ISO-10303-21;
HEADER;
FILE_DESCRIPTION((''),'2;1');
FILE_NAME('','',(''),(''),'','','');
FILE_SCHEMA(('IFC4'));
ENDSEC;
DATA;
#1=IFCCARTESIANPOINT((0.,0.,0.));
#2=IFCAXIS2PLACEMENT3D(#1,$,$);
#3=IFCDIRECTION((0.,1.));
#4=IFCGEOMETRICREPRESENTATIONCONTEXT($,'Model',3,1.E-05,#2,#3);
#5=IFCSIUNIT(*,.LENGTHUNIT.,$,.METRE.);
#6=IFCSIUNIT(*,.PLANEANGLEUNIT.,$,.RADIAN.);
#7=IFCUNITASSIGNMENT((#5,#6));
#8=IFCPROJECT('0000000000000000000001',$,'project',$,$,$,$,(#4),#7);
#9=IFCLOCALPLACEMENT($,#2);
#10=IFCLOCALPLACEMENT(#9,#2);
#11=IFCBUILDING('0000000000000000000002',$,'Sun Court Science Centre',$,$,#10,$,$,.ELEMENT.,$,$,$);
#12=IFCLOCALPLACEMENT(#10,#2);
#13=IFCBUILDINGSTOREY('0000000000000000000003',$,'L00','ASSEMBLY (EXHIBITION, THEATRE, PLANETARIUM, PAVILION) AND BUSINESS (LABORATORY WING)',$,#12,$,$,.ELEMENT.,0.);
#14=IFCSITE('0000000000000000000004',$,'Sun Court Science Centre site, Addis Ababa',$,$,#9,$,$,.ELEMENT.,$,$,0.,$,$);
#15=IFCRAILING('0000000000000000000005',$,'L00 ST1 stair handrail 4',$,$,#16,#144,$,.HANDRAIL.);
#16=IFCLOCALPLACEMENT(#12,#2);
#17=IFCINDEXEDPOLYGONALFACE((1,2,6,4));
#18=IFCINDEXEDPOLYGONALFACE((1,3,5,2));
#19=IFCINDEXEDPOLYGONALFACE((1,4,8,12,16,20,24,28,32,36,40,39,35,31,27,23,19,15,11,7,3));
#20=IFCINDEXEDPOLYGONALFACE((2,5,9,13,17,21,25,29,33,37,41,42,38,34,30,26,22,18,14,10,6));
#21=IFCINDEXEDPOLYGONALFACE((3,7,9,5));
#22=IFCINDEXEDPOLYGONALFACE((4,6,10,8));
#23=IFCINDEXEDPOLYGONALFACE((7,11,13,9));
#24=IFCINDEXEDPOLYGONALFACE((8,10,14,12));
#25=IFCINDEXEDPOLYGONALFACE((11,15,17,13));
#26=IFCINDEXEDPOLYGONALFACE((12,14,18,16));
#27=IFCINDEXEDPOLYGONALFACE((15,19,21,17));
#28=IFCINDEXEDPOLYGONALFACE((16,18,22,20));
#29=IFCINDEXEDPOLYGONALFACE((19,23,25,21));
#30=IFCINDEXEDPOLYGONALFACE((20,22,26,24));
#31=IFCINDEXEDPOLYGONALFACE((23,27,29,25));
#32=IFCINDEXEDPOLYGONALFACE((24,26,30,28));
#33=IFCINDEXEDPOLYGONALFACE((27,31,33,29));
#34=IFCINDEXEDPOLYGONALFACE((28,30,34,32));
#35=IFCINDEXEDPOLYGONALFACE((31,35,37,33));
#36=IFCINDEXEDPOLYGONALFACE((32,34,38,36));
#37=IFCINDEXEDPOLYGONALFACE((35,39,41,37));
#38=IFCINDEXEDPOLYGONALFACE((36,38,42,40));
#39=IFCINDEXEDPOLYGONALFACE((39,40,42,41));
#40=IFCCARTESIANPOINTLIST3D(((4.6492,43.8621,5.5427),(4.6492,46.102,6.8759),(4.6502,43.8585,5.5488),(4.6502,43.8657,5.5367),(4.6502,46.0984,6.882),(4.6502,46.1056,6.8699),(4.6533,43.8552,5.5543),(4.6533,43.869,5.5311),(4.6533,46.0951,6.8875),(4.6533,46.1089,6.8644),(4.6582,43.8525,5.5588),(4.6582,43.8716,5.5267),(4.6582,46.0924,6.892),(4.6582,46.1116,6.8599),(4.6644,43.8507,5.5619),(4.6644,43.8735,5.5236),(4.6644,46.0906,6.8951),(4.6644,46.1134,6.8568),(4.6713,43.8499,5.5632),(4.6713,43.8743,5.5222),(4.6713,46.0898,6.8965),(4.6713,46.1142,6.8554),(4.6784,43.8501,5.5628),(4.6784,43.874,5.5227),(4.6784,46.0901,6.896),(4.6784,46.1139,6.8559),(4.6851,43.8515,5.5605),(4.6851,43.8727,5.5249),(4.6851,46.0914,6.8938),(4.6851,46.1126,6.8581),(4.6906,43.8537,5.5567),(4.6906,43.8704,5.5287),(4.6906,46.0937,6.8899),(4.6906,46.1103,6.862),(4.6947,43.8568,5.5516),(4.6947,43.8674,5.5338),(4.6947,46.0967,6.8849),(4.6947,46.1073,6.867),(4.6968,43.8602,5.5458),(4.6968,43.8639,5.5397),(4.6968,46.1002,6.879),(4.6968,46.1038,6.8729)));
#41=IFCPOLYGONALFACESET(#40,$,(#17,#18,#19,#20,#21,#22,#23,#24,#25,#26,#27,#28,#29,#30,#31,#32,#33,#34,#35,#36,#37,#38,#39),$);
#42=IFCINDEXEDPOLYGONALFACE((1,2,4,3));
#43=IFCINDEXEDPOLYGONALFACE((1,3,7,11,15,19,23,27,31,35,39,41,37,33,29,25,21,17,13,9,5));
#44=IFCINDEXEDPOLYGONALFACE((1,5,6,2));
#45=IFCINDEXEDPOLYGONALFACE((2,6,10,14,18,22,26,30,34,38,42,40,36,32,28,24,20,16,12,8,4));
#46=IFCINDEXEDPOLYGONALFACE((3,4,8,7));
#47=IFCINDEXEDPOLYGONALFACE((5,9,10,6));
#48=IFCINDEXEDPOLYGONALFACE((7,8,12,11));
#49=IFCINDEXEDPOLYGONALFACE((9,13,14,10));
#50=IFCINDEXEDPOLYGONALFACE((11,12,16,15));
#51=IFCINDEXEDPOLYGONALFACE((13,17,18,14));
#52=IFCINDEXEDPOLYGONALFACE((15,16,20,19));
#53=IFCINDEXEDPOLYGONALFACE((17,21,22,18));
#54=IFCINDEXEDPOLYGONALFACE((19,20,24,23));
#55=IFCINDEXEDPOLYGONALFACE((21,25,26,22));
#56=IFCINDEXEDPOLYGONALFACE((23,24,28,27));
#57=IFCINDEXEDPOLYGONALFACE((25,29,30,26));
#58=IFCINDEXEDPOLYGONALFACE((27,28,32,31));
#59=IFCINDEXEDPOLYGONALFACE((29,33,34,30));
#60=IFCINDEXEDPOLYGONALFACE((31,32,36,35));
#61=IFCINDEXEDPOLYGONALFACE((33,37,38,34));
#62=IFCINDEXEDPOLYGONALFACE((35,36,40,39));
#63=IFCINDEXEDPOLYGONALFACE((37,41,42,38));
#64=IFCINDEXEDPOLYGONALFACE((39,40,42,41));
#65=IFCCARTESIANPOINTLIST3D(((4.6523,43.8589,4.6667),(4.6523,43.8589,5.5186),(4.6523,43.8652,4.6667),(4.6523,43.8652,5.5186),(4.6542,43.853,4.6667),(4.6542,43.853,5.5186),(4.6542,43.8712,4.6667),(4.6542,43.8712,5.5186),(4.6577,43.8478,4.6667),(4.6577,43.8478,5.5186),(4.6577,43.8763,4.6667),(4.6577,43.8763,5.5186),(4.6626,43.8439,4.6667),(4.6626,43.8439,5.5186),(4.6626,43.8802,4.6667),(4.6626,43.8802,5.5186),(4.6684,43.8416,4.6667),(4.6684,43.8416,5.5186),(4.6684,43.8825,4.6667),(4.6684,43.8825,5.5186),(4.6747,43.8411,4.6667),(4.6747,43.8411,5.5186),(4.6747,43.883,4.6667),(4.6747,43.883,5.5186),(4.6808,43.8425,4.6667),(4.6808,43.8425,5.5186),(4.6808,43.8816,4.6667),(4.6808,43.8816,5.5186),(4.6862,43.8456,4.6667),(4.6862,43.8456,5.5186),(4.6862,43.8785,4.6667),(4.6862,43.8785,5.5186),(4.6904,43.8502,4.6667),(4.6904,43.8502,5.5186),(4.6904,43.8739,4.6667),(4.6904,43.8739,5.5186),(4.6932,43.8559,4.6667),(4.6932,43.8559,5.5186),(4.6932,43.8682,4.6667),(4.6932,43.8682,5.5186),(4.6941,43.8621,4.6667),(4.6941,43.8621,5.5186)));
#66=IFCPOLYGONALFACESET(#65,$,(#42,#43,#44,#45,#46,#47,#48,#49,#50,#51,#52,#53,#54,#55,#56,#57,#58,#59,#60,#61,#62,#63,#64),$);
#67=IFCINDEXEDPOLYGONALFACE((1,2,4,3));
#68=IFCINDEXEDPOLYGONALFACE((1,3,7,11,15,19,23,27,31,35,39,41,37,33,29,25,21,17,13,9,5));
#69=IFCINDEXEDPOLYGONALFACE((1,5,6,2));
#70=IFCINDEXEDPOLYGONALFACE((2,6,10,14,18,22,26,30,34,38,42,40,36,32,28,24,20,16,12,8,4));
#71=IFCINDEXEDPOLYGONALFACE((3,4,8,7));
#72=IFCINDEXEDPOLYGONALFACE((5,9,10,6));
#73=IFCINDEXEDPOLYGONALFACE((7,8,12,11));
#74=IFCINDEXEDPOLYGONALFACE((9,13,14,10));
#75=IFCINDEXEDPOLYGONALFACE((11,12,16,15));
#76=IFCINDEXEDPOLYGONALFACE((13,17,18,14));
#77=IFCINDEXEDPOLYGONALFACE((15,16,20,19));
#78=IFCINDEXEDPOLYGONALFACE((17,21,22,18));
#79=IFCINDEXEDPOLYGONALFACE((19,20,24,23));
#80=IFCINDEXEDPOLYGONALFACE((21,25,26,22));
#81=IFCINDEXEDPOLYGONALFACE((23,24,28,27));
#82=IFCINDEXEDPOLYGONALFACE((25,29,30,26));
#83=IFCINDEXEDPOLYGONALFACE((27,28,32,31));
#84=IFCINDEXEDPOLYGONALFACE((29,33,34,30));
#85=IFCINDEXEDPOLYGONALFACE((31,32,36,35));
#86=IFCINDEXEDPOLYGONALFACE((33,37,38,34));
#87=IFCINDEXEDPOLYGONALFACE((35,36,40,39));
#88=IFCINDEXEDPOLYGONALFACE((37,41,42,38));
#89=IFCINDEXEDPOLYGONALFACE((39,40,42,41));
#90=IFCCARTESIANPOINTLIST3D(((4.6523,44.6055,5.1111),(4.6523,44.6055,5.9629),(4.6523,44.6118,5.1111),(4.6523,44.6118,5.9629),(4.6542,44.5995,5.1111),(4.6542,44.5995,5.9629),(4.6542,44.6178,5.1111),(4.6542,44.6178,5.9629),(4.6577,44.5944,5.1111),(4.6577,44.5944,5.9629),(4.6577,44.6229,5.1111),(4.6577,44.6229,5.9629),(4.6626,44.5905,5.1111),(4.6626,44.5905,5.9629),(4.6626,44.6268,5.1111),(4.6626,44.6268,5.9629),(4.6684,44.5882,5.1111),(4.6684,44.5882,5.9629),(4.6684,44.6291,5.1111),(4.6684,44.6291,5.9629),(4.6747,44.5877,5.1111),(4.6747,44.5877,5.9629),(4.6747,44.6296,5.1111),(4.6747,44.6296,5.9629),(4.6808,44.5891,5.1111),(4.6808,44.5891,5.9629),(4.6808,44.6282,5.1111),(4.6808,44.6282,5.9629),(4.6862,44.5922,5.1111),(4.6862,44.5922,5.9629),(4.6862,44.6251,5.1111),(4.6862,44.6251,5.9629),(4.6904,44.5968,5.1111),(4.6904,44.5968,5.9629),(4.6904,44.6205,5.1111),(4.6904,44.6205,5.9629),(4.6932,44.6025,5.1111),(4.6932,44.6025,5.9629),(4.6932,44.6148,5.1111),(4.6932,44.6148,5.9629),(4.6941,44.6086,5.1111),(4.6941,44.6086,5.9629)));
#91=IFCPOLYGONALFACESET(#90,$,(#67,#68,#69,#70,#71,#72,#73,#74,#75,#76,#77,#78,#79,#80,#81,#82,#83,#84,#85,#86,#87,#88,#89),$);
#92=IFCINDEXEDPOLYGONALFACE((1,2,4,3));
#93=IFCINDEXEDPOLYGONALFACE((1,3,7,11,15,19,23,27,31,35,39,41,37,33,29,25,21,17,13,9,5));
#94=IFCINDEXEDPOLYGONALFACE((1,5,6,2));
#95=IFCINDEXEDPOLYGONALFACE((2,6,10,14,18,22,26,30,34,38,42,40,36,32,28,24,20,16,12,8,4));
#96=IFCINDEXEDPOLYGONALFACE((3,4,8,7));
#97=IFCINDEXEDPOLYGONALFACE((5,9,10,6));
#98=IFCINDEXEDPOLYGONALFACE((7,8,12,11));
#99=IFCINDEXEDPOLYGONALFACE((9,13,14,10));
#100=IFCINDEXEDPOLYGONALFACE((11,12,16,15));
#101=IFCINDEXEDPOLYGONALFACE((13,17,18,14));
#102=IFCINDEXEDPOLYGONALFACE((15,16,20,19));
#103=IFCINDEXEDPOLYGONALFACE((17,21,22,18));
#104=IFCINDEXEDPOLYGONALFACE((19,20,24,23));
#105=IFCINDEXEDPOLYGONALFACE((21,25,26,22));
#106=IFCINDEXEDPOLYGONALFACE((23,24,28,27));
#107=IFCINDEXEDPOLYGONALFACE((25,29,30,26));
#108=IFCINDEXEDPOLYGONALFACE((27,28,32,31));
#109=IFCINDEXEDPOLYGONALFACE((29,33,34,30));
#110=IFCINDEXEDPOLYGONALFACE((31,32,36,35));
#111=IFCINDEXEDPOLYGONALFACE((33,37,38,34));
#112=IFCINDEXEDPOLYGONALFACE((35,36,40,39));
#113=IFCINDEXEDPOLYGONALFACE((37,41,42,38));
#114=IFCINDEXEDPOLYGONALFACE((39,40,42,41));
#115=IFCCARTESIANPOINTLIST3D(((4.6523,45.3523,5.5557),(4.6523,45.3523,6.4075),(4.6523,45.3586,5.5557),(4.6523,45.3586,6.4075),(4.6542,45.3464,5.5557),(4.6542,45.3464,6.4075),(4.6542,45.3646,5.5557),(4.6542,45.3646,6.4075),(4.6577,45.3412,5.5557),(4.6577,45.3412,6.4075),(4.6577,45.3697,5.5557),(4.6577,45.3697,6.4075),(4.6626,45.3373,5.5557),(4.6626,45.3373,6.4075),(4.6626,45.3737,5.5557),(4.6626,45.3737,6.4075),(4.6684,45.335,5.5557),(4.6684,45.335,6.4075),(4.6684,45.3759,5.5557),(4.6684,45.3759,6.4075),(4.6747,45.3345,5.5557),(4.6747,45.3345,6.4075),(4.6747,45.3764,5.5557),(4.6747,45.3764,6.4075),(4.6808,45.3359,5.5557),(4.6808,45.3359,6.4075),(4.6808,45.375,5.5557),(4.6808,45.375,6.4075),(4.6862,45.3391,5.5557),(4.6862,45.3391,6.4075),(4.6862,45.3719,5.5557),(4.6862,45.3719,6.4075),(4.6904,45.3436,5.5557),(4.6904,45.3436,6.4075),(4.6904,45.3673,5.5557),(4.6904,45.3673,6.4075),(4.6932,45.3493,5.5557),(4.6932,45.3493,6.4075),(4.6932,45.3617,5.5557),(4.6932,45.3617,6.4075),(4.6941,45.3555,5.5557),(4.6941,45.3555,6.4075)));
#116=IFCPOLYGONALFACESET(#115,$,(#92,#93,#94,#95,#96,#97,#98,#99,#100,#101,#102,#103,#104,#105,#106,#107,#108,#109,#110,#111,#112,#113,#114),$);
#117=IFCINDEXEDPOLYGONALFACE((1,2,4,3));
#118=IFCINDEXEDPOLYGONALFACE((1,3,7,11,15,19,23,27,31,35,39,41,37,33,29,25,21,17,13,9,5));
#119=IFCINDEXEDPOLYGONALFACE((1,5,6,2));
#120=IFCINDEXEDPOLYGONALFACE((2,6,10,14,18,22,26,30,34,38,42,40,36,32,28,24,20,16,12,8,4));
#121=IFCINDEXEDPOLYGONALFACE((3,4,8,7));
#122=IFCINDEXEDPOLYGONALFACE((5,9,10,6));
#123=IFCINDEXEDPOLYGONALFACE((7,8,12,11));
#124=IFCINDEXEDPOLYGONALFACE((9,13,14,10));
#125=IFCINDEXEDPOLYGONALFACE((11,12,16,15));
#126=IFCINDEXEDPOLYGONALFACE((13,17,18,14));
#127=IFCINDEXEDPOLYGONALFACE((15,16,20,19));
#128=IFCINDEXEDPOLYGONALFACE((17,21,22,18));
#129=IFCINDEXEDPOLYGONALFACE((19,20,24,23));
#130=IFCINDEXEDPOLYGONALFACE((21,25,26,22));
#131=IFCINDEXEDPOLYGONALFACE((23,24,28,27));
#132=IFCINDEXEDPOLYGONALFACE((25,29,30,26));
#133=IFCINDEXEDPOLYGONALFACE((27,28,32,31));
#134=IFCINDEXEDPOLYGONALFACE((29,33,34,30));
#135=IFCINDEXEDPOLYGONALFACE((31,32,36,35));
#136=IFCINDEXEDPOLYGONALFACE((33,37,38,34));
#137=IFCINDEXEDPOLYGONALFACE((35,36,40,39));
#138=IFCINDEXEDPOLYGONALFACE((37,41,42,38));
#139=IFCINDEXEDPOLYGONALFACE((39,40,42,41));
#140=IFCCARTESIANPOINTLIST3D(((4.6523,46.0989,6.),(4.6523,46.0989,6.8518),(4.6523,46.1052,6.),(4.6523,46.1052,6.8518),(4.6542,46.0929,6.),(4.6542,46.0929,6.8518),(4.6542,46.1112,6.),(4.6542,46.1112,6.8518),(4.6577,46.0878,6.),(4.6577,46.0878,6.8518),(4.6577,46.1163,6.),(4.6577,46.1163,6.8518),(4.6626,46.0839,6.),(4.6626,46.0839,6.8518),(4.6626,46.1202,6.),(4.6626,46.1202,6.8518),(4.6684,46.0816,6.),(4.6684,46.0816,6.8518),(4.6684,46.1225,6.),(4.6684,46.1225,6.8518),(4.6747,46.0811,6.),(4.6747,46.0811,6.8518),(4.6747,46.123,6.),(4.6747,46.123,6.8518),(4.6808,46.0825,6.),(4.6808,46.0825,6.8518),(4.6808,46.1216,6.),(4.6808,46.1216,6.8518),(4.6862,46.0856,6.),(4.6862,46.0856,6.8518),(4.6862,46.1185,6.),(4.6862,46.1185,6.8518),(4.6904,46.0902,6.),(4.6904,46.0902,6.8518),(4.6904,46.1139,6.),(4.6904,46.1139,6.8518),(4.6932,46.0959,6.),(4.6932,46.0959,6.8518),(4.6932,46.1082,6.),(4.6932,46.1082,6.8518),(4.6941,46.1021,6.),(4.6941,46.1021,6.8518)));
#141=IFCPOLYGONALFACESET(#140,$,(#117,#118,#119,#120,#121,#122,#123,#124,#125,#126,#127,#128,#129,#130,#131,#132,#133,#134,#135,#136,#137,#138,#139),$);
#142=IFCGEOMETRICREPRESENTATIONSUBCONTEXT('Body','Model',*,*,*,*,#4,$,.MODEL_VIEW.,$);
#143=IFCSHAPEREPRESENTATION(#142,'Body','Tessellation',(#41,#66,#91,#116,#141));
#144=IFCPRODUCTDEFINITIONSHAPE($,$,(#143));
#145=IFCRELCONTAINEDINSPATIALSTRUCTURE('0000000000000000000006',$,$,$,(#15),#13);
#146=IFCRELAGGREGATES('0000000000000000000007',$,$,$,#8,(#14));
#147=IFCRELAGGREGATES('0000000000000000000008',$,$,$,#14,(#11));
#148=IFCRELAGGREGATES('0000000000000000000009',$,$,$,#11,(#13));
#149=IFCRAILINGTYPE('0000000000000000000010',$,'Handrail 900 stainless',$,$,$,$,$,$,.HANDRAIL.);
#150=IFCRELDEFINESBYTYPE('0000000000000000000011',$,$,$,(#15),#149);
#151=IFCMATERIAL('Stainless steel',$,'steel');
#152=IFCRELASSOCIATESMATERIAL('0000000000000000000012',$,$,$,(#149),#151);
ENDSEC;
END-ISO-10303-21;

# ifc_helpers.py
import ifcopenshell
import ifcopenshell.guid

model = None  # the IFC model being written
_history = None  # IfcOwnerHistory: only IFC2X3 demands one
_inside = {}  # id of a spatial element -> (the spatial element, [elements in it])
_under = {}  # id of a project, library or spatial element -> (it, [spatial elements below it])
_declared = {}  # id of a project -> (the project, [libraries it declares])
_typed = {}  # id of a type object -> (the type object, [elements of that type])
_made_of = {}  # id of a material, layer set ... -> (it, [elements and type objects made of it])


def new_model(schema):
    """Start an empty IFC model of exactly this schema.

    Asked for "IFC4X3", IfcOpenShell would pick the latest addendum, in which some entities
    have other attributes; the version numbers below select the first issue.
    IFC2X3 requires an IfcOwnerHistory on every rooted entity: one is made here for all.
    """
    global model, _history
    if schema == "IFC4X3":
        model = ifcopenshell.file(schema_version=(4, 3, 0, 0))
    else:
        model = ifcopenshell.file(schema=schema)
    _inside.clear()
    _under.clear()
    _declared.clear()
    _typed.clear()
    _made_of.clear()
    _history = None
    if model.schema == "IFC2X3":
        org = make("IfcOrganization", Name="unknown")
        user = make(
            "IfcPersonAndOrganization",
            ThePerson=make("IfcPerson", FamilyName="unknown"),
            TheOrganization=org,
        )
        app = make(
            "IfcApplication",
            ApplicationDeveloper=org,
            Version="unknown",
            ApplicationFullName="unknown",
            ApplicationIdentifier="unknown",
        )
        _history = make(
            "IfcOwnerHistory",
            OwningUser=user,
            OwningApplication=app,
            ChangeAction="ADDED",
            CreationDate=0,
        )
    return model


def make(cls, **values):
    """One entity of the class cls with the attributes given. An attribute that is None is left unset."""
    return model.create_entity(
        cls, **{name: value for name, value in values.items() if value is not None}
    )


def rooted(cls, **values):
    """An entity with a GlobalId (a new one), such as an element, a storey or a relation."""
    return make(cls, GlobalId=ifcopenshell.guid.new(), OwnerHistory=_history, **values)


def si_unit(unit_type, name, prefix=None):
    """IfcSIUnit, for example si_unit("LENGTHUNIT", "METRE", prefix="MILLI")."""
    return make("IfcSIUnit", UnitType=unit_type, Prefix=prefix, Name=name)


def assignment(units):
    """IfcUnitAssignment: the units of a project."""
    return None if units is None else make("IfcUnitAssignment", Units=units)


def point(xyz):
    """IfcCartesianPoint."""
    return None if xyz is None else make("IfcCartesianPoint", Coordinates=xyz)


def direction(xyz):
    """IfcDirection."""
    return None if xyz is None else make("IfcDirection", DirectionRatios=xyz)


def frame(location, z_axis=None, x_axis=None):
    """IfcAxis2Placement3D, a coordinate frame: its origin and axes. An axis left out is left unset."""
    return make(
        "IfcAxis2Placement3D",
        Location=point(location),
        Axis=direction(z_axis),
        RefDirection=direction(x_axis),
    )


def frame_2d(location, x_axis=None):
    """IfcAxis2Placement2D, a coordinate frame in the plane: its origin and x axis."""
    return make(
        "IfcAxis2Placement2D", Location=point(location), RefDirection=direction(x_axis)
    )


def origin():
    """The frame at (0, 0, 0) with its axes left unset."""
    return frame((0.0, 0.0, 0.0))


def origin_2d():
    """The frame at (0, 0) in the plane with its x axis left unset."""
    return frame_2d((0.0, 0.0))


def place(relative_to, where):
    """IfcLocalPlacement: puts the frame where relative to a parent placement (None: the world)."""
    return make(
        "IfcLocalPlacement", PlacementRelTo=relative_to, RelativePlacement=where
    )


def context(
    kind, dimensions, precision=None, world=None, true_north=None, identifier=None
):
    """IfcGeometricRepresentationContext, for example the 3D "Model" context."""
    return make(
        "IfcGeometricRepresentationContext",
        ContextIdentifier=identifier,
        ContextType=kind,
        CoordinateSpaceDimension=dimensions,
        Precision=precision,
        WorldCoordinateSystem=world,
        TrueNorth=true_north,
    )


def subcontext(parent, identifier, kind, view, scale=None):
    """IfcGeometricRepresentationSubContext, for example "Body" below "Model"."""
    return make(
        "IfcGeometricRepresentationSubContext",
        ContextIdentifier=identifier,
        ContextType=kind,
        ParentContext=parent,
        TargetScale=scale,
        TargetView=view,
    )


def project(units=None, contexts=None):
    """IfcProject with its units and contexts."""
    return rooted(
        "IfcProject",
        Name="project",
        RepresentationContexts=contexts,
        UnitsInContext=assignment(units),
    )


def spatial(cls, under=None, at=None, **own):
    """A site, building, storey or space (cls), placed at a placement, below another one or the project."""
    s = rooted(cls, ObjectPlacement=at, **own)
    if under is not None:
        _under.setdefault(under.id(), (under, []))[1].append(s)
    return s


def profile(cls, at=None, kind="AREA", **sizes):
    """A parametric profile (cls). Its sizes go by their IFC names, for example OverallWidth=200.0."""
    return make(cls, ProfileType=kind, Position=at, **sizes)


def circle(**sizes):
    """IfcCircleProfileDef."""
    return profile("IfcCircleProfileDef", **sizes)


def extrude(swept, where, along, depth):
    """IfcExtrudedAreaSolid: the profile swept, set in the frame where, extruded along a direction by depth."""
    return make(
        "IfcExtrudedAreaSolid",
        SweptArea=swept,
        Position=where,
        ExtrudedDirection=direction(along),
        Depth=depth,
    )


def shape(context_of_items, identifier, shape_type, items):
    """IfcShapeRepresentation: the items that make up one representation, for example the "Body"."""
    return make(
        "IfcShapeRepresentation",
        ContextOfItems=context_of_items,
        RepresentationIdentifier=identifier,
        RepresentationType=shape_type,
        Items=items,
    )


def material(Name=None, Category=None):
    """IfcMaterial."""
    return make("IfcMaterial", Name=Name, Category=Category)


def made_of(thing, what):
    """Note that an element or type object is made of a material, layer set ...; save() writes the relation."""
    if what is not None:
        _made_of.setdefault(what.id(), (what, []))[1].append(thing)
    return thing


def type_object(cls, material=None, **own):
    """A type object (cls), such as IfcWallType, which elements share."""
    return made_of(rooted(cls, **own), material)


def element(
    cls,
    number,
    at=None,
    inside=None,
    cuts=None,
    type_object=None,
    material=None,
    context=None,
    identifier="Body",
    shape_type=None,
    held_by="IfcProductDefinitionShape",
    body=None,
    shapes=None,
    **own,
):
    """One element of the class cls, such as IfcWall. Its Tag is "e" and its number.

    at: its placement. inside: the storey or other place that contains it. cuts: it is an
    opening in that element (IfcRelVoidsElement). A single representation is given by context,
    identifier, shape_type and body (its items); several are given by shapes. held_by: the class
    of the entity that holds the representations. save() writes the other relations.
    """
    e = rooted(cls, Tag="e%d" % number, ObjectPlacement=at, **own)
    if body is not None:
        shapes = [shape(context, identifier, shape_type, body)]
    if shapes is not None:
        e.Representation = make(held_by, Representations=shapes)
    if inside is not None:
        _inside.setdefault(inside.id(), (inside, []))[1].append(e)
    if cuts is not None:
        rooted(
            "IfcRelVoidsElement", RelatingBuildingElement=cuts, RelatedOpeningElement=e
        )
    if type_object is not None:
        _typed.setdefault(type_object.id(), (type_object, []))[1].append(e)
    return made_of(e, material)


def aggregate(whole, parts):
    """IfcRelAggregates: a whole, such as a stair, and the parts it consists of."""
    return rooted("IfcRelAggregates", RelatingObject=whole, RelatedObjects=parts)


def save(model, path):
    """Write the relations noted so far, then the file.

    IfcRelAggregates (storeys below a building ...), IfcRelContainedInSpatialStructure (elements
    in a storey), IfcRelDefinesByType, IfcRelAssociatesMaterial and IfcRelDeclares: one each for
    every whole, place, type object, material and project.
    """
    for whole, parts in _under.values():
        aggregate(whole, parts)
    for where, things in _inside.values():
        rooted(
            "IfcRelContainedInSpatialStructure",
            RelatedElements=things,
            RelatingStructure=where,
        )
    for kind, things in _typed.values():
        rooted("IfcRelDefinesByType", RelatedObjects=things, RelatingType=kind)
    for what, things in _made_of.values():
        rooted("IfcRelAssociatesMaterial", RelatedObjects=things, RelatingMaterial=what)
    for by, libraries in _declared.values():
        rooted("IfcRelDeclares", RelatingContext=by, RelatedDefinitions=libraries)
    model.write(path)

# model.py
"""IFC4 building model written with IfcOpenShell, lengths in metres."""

from ifc_helpers import new_model, si_unit, direction, frame, origin, origin_2d, place, context, subcontext, project, spatial, circle, extrude, material, type_object, element, save


model = new_model("IFC4")

# Units and contexts
model_context = context("Model", 3, precision=1e-05, world=origin(), true_north=direction((0.0, 1.0)))
body_context = subcontext(model_context, "Body", "Model", "MODEL_VIEW")
ifc_project = project(units=[si_unit("LENGTHUNIT", "METRE"), si_unit("PLANEANGLEUNIT", "RADIAN")], contexts=[model_context])

# Site, building, storey
site_placement = place(None, origin())
site = spatial("IfcSite", under=ifc_project, at=site_placement, Name="Sun Court Science Centre site, Addis Ababa", CompositionType="ELEMENT", RefElevation=0.0)
building_placement = place(site_placement, origin())
building = spatial("IfcBuilding", under=site, at=building_placement, Name="Sun Court Science Centre", CompositionType="ELEMENT")
storey_placement = place(building_placement, origin())
storey = spatial("IfcBuildingStorey", under=building, at=storey_placement, Name="L00", Description="ASSEMBLY (EXHIBITION, THEATRE, PLANETARIUM, PAVILION) AND BUSINESS (LABORATORY WING)", CompositionType="ELEMENT", Elevation=0.0)

# Railing
ifc_material_1 = material(Name="Stainless steel", Category="steel")
railing_type_1 = type_object("IfcRailingType", Name="Handrail 900 stainless", PredefinedType="HANDRAIL", material=ifc_material_1)
railing_1_placement = place(storey_placement, frame((4.6731, 43.8621, 4.6667)))
element("IfcRailing", 1, at=railing_1_placement, inside=storey, type_object=railing_type_1, Name="L00 ST1 stair handrail 4", PredefinedType="HANDRAIL", context=body_context, shape_type="SweptSolid", body=[
    extrude(circle(Radius=0.0239, at=origin_2d()), frame((0.0, 0.0, 0.876), z_axis=(0.0, 0.859306, 0.511462), x_axis=(-1.0, 0.0, 0.0)), (0.0, 0.0, 1.0), 2.6067),
    extrude(circle(Radius=0.021, at=origin_2d()), origin(), (0.0, 0.0, 1.0), 0.8518),
    extrude(circle(Radius=0.021, at=origin_2d()), frame((0.0, 0.7466, 0.4443)), (0.0, 0.0, 1.0), 0.8518),
    extrude(circle(Radius=0.021, at=origin_2d()), frame((0.0, 1.4934, 0.8889)), (0.0, 0.0, 1.0), 0.8518),
    extrude(circle(Radius=0.021, at=origin_2d()), frame((0.0, 2.24, 1.3333)), (0.0, 0.0, 1.0), 0.8518),
])

save(model, "model.ifc")
